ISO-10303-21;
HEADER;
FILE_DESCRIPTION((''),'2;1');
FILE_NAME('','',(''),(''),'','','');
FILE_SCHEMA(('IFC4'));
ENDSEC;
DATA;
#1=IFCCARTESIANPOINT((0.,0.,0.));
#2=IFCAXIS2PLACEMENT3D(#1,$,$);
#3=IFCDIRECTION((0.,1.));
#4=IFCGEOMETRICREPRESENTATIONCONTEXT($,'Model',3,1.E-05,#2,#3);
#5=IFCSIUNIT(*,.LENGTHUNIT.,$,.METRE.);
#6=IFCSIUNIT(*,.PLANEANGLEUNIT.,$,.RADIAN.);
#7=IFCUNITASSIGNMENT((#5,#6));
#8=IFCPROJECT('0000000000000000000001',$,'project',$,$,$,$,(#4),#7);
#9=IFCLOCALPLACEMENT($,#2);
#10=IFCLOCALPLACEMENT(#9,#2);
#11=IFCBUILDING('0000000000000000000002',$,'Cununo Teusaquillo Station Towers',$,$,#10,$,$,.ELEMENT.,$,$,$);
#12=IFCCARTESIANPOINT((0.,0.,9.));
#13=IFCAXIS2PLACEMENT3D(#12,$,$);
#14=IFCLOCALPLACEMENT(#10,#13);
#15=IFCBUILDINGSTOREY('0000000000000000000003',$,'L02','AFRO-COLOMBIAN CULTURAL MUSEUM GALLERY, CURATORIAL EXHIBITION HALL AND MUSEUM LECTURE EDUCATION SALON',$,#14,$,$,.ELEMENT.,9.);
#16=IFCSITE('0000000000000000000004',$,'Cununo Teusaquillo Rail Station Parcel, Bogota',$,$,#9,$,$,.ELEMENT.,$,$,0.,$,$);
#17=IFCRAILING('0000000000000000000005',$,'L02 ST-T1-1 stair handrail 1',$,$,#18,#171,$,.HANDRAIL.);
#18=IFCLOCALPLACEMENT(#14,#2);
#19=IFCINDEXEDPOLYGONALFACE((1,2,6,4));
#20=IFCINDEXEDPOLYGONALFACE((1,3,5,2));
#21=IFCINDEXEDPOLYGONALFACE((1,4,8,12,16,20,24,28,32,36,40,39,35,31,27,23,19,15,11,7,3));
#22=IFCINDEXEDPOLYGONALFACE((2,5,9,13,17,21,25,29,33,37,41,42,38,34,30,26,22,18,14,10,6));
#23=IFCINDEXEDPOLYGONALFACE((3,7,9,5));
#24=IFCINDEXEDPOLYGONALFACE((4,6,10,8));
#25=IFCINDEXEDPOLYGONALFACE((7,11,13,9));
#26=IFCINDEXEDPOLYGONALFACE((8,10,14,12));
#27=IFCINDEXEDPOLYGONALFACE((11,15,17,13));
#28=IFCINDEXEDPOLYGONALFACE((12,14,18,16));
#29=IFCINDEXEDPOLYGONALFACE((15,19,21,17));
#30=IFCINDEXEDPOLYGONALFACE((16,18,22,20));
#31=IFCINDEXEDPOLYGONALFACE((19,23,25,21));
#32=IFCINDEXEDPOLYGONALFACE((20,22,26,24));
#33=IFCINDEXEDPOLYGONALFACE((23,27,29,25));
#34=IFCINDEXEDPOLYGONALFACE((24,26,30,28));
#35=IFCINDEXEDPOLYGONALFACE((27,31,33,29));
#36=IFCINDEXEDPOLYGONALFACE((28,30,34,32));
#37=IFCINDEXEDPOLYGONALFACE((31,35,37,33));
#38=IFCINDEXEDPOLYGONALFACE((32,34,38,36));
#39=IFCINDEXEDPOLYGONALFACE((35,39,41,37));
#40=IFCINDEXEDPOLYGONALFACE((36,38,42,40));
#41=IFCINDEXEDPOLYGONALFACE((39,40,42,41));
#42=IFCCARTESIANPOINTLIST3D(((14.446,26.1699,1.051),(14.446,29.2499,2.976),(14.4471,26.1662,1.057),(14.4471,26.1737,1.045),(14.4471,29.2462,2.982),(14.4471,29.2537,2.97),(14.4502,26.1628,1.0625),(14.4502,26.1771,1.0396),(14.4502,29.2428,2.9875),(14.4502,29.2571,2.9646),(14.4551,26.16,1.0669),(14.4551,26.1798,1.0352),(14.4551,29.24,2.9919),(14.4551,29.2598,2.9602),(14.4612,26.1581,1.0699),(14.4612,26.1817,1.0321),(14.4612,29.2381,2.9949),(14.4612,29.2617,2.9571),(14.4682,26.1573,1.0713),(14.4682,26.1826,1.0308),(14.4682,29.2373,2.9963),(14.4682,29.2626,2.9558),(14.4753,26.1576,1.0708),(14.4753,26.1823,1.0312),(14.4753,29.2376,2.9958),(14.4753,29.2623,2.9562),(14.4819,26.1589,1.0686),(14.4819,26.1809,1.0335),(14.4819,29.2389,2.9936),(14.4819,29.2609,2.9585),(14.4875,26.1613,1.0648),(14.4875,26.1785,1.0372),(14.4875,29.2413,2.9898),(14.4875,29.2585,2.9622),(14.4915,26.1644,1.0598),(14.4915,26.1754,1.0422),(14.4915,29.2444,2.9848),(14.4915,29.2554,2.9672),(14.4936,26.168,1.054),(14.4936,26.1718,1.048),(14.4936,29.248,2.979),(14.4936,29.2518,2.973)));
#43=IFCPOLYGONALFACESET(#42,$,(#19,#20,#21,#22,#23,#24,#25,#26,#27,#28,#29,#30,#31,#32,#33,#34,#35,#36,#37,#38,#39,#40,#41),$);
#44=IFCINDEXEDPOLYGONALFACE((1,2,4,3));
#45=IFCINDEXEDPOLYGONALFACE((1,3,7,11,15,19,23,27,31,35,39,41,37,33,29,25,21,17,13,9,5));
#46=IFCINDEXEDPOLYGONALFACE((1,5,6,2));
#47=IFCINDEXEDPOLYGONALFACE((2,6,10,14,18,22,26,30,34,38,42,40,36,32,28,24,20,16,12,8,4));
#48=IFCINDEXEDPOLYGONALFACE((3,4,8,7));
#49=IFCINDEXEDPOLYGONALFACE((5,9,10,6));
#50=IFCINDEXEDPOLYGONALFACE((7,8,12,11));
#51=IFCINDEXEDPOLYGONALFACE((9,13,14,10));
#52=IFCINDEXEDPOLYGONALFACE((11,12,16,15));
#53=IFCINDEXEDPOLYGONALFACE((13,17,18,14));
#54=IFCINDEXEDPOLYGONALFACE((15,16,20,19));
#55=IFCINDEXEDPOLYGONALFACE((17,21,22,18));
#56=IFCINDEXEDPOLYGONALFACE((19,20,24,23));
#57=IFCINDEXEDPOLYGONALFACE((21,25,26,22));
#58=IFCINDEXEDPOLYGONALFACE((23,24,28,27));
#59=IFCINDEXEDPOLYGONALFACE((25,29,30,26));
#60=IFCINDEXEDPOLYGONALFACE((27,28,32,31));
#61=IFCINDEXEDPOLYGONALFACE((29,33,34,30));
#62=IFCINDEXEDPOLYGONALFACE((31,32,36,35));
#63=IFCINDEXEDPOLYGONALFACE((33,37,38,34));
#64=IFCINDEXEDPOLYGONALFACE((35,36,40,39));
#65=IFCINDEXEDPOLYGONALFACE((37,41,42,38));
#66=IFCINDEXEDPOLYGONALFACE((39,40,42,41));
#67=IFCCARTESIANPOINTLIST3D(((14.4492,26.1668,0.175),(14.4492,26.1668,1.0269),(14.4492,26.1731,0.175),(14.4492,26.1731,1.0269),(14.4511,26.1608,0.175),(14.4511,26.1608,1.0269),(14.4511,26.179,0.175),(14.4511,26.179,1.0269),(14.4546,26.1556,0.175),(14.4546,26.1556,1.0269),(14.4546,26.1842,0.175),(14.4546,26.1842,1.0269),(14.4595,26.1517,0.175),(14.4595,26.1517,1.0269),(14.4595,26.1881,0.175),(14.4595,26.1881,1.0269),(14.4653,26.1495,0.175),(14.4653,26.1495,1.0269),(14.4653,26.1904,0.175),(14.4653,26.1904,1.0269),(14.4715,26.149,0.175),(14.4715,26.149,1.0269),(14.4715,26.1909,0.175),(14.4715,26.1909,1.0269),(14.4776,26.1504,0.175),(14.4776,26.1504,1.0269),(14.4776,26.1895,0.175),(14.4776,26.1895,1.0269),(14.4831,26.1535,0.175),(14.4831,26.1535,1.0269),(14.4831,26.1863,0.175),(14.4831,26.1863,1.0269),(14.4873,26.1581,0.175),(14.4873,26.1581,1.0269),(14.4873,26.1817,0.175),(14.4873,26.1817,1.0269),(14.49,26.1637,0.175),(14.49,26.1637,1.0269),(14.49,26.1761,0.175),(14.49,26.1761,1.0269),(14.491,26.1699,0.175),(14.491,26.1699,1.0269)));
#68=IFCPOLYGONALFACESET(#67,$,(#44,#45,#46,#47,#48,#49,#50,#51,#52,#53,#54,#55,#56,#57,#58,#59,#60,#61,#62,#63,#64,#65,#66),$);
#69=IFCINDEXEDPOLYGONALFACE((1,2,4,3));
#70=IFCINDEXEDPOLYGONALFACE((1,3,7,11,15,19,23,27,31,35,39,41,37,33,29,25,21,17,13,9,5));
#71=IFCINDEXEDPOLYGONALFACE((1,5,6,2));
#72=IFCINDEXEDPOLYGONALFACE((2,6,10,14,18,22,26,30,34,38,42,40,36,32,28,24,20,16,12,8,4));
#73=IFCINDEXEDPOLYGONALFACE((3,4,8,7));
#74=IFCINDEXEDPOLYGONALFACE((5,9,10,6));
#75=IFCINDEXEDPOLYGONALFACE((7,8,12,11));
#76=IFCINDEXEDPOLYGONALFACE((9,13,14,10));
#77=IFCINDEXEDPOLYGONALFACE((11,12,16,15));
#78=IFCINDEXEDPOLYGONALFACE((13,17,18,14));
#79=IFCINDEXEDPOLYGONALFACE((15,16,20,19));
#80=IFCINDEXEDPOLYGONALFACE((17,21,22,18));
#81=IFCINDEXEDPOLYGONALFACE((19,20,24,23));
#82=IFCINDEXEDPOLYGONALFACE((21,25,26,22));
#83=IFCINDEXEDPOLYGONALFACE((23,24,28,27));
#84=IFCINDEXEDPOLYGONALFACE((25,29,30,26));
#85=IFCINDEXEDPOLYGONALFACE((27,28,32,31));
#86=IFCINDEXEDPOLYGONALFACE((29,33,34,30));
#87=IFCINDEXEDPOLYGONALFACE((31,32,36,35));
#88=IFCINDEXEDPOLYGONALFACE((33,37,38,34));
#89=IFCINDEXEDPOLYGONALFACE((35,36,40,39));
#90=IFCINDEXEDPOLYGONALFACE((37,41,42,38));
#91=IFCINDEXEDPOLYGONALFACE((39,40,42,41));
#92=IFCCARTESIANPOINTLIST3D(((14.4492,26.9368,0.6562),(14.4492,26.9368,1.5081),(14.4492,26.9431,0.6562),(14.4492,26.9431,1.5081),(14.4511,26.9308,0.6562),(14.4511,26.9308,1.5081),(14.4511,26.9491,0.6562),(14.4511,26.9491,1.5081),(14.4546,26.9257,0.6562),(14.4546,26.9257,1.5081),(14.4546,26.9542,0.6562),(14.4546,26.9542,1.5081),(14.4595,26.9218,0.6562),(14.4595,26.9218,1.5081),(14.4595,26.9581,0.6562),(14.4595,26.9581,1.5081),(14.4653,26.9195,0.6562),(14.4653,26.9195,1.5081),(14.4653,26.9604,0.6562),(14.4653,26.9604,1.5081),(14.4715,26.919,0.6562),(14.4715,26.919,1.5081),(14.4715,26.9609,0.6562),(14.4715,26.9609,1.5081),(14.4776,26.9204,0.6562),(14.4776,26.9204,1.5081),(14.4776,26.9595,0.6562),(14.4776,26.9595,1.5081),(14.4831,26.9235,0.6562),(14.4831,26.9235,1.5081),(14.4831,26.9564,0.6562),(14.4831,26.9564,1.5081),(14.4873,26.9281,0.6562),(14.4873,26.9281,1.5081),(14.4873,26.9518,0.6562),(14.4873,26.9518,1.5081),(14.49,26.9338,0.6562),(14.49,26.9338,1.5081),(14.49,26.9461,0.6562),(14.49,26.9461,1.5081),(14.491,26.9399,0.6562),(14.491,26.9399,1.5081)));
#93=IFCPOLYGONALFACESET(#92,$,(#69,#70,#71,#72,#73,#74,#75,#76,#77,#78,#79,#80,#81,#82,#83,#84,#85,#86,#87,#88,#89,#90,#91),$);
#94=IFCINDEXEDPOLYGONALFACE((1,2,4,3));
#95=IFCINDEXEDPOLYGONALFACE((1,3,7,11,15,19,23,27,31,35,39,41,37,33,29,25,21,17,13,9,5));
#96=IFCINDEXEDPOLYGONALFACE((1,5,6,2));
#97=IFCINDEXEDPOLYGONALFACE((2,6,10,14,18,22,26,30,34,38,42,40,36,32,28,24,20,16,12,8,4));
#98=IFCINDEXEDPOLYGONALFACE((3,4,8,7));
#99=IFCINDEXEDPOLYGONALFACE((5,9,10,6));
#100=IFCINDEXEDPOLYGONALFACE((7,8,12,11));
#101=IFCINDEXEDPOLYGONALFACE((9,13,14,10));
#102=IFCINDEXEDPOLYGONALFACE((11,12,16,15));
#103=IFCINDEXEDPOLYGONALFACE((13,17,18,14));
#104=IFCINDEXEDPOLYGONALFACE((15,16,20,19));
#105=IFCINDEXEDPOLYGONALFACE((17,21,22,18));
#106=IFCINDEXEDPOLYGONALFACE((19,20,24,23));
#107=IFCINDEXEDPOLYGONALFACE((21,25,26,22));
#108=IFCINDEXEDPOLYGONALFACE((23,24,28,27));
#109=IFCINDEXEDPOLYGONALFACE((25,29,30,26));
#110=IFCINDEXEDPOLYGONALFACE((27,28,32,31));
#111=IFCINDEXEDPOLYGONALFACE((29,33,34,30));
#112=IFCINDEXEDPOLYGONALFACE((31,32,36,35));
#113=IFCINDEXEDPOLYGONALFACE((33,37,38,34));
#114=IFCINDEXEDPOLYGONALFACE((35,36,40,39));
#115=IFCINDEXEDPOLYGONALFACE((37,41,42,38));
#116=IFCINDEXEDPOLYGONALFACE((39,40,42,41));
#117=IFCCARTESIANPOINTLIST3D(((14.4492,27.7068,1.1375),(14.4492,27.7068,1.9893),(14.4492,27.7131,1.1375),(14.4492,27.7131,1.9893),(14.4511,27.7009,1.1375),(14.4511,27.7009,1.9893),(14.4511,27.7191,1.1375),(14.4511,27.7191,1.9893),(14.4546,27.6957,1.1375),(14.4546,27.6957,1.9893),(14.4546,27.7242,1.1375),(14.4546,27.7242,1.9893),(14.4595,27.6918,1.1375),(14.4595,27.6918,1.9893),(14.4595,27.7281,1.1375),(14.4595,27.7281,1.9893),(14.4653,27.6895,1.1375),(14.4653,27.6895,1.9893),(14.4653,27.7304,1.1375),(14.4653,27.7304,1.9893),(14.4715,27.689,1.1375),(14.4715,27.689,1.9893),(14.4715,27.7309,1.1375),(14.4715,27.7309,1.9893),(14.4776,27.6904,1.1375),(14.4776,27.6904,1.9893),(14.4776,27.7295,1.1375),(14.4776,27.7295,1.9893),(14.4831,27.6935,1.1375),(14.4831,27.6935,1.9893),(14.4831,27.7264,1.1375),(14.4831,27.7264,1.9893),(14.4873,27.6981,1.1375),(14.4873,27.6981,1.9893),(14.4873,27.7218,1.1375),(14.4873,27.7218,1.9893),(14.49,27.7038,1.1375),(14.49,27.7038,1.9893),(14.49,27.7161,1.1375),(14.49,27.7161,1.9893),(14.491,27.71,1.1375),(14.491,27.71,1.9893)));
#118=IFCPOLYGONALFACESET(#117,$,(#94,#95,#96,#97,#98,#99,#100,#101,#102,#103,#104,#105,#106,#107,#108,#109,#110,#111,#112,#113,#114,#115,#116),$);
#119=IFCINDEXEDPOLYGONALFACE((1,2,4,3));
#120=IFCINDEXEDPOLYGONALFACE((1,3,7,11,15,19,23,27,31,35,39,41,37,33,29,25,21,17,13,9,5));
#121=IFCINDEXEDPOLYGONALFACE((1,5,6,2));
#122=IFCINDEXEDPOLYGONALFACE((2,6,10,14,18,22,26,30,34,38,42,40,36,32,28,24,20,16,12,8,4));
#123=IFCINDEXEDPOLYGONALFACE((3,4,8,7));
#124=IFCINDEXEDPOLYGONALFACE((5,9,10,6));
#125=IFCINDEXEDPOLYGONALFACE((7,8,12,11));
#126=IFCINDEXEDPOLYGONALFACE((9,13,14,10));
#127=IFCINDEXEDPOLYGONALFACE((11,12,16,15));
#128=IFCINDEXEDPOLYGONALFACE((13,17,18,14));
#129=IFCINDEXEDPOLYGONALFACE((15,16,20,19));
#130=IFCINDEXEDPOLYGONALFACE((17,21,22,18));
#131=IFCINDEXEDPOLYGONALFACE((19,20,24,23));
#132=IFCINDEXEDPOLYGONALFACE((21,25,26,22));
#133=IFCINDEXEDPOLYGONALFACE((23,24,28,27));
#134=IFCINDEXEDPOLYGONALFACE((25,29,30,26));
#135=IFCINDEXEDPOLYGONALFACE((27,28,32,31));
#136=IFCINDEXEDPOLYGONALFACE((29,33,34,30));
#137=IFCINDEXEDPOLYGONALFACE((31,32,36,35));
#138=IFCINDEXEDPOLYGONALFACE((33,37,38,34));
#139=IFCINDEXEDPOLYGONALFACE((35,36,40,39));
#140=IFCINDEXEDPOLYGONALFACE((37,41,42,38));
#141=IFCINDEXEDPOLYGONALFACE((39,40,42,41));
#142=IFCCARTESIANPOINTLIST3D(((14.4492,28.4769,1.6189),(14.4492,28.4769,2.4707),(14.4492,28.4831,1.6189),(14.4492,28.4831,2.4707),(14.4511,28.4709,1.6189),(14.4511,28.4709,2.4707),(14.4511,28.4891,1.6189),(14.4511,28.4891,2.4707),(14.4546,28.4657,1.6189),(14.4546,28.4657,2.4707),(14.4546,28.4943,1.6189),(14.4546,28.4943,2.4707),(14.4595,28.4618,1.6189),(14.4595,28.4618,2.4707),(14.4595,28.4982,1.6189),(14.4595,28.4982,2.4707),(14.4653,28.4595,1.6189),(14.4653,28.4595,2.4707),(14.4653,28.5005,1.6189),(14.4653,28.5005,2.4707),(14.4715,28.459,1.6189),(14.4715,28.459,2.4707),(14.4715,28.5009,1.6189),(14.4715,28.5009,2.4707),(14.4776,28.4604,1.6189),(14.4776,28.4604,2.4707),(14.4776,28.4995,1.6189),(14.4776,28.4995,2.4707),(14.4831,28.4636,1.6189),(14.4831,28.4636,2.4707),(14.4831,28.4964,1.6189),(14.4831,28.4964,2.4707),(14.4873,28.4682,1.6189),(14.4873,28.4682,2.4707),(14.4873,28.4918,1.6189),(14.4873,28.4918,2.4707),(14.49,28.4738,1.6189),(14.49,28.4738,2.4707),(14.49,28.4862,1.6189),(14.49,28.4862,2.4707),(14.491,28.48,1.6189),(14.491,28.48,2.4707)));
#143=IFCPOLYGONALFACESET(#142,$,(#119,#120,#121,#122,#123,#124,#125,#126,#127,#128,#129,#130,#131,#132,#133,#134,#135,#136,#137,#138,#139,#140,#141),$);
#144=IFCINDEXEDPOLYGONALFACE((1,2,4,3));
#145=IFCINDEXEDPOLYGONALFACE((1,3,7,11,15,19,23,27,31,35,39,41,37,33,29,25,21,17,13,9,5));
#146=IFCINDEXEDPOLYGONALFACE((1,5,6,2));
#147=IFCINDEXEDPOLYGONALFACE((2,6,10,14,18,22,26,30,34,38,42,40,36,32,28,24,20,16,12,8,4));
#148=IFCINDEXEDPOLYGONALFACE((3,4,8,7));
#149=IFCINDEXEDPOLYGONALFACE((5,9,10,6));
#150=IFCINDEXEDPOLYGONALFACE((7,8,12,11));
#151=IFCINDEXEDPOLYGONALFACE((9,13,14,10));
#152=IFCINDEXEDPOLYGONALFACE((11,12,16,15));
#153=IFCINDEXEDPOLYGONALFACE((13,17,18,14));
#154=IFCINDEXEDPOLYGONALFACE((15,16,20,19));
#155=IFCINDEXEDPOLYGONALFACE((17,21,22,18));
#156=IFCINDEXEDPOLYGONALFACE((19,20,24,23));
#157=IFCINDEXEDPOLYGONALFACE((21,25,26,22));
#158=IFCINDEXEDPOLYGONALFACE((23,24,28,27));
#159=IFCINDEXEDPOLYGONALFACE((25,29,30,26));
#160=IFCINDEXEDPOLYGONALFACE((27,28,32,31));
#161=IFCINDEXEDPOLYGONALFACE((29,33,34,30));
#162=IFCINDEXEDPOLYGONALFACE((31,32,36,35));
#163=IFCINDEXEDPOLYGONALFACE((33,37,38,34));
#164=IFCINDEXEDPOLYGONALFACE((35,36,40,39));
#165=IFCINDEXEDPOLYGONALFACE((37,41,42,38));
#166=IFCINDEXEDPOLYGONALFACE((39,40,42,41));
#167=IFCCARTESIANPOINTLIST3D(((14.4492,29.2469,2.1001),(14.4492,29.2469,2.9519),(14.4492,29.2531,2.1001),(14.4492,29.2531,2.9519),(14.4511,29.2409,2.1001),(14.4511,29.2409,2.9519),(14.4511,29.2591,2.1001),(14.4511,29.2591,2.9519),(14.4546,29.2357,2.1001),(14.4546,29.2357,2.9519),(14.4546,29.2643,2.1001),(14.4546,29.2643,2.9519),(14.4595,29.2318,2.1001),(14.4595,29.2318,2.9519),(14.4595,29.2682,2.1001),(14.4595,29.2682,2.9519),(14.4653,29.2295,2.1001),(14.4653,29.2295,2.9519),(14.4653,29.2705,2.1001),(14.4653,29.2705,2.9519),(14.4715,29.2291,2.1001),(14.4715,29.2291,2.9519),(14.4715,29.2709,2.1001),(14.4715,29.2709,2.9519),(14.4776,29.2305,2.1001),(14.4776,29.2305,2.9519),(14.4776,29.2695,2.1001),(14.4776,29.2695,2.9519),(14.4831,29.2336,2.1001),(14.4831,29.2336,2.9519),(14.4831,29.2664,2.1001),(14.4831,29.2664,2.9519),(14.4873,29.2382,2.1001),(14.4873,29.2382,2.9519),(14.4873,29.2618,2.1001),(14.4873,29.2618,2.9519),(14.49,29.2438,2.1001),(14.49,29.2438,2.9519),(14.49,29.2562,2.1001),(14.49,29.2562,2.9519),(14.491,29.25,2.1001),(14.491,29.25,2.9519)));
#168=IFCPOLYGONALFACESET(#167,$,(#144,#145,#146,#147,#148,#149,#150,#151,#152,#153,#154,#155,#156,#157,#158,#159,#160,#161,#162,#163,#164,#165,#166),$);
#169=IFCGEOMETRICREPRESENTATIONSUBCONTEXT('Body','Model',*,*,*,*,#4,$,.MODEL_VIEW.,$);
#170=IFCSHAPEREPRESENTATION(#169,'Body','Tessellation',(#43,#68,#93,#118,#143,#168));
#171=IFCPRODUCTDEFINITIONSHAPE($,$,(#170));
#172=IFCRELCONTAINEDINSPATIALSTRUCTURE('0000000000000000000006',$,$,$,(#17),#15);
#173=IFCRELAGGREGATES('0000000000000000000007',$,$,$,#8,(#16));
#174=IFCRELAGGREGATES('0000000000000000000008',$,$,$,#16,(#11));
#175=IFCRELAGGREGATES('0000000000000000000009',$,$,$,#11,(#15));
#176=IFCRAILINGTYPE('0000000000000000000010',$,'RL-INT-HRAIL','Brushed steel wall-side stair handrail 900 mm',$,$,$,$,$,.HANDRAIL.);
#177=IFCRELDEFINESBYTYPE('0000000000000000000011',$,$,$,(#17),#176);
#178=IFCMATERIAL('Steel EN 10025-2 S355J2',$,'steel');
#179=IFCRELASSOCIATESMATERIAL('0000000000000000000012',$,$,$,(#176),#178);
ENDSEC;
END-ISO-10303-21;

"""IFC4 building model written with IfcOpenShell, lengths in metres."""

from ifc_helpers import new_model, si_unit, direction, frame, origin, origin_2d, place, context, subcontext, project, spatial, circle, extrude, material, type_object, element, save


model = new_model("IFC4")

# Units and contexts
model_context = context("Model", 3, precision=1e-05, world=origin(), true_north=direction((0.0, 1.0)))
body_context = subcontext(model_context, "Body", "Model", "MODEL_VIEW")
ifc_project = project(units=[si_unit("LENGTHUNIT", "METRE"), si_unit("PLANEANGLEUNIT", "RADIAN")], contexts=[model_context])

# Site, building, storey
site_placement = place(None, origin())
site = spatial("IfcSite", under=ifc_project, at=site_placement, Name="Cununo Teusaquillo Rail Station Parcel, Bogota", CompositionType="ELEMENT", RefElevation=0.0)
building_placement = place(site_placement, origin())
building = spatial("IfcBuilding", under=site, at=building_placement, Name="Cununo Teusaquillo Station Towers", CompositionType="ELEMENT")
storey_placement = place(building_placement, frame((0.0, 0.0, 9.0)))
storey = spatial("IfcBuildingStorey", under=building, at=storey_placement, Name="L02", Description="AFRO-COLOMBIAN CULTURAL MUSEUM GALLERY, CURATORIAL EXHIBITION HALL AND MUSEUM LECTURE EDUCATION SALON", CompositionType="ELEMENT", Elevation=9.0)

# Railing
ifc_material_1 = material(Name="Steel EN 10025-2 S355J2", Category="steel")
railing_type_1 = type_object("IfcRailingType", Name="RL-INT-HRAIL", Description="Brushed steel wall-side stair handrail 900 mm", PredefinedType="HANDRAIL", material=ifc_material_1)
railing_1_placement = place(storey_placement, frame((14.47, 26.1699, 0.175)))
element("IfcRailing", 1, at=railing_1_placement, inside=storey, type_object=railing_type_1, Name="L02 ST-T1-1 stair handrail 1", PredefinedType="HANDRAIL", context=body_context, shape_type="SweptSolid", body=[
    extrude(circle(Radius=0.0239, at=origin_2d()), frame((0.0, 0.0, 0.876), z_axis=(0.0, 0.847998, 0.529999), x_axis=(-1.0, 0.0, 0.0)), (0.0, 0.0, 1.0), 3.6321),
    extrude(circle(Radius=0.021, at=origin_2d()), origin(), (0.0, 0.0, 1.0), 0.8518),
    extrude(circle(Radius=0.021, at=origin_2d()), frame((0.0, 0.77, 0.4812)), (0.0, 0.0, 1.0), 0.8518),
    extrude(circle(Radius=0.021, at=origin_2d()), frame((0.0, 1.54, 0.9624)), (0.0, 0.0, 1.0), 0.8518),
    extrude(circle(Radius=0.021, at=origin_2d()), frame((0.0, 2.3101, 1.4438)), (0.0, 0.0, 1.0), 0.8518),
    extrude(circle(Radius=0.021, at=origin_2d()), frame((0.0, 3.0801, 1.925)), (0.0, 0.0, 1.0), 0.8518),
])

save(model, "model.ifc")
